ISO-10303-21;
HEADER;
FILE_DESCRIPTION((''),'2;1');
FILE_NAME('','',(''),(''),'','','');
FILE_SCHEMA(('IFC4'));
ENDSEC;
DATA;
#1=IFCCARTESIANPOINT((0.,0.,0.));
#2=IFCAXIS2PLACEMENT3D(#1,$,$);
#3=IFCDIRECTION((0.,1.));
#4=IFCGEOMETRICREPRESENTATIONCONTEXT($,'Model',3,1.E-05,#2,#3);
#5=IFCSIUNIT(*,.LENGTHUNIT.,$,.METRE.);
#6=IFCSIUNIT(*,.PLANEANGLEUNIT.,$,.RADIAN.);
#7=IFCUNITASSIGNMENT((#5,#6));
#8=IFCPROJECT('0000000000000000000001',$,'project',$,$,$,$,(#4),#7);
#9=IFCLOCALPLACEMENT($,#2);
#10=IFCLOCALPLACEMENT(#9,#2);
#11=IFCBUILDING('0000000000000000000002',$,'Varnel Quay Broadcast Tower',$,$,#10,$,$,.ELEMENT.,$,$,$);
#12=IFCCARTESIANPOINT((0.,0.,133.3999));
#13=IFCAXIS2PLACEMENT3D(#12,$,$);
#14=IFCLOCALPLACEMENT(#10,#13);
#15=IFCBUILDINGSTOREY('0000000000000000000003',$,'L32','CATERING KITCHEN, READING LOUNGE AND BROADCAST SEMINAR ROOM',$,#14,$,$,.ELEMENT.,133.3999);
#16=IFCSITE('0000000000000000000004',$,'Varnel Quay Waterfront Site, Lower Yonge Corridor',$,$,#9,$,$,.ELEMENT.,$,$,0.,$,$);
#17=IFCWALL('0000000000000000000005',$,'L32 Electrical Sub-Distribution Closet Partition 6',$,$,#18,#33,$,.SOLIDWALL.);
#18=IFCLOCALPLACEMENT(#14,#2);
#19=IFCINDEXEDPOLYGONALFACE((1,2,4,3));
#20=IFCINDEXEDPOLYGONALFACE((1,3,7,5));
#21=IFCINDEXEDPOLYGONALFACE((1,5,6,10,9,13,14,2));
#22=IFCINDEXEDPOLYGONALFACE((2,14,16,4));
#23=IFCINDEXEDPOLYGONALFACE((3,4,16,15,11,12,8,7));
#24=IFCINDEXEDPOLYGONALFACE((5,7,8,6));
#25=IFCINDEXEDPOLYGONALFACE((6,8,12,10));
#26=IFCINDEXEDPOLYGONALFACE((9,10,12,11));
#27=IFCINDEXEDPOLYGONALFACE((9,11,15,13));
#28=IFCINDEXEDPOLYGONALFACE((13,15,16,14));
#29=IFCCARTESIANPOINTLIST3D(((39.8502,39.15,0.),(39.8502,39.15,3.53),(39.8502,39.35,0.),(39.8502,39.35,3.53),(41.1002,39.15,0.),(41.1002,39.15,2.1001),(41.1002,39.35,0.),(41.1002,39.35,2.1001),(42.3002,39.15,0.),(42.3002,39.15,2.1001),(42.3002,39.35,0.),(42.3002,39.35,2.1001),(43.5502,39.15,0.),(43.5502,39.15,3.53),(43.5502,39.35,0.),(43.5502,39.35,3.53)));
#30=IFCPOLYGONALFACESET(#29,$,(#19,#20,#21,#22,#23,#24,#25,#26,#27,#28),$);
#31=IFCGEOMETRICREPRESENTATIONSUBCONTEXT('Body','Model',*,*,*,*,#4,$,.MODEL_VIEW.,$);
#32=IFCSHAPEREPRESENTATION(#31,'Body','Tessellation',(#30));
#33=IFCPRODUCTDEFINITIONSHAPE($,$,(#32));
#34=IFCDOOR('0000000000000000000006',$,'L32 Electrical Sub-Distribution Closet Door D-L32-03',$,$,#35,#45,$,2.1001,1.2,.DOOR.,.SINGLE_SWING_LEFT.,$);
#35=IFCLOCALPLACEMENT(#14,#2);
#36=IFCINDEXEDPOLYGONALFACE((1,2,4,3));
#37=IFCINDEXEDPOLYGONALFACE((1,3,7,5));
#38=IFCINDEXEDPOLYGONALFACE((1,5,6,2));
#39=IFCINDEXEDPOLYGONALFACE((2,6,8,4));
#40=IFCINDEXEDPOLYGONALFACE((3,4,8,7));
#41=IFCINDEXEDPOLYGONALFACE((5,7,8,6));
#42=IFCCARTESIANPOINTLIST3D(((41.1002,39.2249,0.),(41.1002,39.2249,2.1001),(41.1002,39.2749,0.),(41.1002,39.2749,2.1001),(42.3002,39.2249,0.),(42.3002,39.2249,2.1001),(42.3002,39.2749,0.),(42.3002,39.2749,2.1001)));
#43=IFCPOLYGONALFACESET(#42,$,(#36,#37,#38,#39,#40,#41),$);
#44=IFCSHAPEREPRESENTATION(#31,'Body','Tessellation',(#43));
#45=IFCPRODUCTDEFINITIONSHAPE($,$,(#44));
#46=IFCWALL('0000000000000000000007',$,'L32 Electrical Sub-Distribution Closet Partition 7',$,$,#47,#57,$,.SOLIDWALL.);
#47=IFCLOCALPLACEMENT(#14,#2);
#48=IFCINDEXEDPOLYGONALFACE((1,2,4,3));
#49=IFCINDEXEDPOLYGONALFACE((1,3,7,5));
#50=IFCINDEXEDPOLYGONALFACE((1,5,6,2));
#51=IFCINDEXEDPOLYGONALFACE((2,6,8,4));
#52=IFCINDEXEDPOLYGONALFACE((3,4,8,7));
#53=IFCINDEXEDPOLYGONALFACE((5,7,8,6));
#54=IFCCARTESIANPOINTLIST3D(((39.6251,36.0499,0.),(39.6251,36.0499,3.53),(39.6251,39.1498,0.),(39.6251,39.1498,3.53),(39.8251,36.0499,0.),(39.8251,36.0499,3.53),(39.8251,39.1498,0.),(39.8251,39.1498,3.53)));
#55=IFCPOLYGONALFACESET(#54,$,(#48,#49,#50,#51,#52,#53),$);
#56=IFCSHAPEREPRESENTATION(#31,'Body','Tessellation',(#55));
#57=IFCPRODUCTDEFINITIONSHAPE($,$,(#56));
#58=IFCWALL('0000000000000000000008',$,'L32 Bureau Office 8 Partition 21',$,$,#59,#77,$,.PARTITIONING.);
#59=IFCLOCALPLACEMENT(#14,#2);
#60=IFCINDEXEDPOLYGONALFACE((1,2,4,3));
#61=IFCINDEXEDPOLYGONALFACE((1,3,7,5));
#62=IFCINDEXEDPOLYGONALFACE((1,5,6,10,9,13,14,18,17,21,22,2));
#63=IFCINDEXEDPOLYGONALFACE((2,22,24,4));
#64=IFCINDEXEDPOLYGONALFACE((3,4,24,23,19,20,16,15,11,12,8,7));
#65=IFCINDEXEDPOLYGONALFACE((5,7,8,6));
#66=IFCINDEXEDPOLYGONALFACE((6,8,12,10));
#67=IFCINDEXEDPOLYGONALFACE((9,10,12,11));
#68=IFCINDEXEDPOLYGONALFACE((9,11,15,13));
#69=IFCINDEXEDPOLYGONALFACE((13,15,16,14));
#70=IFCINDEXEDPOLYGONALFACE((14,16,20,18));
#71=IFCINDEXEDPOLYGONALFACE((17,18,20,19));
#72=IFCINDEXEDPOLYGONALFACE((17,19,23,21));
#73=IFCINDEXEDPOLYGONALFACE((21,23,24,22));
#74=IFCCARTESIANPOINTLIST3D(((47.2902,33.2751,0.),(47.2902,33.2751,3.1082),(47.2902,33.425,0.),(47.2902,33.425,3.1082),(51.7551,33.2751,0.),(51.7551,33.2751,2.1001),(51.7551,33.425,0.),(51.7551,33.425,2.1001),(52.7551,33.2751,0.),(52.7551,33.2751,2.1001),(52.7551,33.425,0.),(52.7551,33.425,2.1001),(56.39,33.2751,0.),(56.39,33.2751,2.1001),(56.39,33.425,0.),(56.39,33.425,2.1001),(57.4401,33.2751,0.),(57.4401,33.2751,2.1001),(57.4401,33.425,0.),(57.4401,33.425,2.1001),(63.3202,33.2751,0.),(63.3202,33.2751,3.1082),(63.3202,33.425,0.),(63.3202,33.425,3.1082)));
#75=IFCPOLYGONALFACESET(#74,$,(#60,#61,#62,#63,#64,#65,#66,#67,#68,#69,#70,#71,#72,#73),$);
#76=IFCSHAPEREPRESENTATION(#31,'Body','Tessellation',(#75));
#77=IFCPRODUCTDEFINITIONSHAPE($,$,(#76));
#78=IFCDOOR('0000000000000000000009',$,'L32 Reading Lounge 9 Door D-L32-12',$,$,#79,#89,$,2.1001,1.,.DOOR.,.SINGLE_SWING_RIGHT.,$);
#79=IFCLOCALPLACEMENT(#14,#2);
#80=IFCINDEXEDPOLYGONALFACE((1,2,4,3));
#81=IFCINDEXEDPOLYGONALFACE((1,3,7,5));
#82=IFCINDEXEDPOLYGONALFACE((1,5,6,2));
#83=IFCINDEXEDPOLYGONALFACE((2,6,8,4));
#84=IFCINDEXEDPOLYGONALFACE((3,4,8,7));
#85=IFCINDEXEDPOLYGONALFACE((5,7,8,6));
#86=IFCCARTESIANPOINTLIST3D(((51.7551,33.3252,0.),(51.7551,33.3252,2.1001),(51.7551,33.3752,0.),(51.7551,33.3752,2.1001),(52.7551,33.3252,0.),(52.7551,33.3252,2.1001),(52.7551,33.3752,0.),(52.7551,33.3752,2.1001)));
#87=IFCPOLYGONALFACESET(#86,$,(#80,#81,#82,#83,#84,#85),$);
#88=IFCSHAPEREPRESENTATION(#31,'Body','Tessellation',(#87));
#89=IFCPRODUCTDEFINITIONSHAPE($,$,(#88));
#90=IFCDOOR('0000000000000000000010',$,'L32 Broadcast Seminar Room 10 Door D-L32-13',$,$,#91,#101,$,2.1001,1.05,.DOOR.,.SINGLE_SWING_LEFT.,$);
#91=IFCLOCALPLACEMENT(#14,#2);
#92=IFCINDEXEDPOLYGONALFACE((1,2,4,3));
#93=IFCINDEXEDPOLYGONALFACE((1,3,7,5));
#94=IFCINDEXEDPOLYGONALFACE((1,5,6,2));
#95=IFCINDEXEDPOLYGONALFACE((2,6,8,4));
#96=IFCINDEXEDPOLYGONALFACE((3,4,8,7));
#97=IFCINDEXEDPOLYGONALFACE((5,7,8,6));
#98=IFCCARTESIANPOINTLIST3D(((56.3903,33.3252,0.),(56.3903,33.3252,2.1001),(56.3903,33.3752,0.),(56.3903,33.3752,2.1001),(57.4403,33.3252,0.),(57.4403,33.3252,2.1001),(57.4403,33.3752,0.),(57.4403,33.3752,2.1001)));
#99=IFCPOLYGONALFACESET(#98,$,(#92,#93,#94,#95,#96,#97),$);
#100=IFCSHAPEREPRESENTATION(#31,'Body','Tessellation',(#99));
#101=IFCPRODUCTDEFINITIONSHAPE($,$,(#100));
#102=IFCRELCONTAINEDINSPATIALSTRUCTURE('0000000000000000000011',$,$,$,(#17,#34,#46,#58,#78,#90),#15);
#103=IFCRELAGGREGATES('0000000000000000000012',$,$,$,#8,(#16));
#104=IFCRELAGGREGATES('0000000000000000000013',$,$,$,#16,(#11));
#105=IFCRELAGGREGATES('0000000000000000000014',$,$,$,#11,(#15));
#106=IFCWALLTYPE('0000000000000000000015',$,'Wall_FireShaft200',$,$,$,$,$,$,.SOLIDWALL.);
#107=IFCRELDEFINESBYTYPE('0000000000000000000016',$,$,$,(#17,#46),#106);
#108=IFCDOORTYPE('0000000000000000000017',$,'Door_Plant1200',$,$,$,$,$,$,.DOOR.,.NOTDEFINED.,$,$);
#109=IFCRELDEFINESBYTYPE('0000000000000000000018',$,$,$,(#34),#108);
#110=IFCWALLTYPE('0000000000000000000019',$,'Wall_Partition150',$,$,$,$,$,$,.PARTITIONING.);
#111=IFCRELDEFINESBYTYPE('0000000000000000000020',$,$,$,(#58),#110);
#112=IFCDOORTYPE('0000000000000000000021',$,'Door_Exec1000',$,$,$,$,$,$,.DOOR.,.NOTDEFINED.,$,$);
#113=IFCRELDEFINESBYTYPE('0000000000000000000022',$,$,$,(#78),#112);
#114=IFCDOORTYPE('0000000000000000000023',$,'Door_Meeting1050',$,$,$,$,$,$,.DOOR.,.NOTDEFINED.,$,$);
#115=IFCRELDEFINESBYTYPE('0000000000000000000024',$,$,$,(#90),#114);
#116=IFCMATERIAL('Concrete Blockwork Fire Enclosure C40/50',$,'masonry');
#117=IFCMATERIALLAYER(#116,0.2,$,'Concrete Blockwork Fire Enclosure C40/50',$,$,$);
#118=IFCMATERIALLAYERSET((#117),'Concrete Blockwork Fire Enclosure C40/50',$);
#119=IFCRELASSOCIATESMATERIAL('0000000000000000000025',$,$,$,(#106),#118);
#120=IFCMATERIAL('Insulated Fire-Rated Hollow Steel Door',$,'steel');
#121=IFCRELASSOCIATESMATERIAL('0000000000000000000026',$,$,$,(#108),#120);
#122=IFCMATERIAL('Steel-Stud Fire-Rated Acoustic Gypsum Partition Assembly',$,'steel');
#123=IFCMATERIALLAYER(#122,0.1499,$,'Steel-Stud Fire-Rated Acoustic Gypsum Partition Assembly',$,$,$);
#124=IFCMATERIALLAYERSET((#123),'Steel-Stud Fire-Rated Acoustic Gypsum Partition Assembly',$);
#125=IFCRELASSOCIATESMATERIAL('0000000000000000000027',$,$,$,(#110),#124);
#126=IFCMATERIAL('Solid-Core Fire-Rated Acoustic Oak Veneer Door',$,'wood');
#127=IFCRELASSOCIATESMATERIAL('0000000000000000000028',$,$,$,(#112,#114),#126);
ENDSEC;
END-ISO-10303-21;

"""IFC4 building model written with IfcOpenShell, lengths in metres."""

from ifc_helpers import new_model, si_unit, direction, frame, frame_2d, origin, place, context, subcontext, project, spatial, rectangle, extrude, source, transform, mapped, material, layer, layer_set, type_object, type_shapes, element, fill, save


model = new_model("IFC4")

# Units and contexts
model_context = context("Model", 3, precision=1e-05, world=origin(), true_north=direction((0.0, 1.0)))
body_context = subcontext(model_context, "Body", "Model", "MODEL_VIEW")
ifc_project = project(units=[si_unit("LENGTHUNIT", "METRE"), si_unit("PLANEANGLEUNIT", "RADIAN")], contexts=[model_context])

# Site, building, storey
site_placement = place(None, origin())
site = spatial("IfcSite", under=ifc_project, at=site_placement, Name="Varnel Quay Waterfront Site, Lower Yonge Corridor", CompositionType="ELEMENT", RefElevation=0.0)
building_placement = place(site_placement, origin())
building = spatial("IfcBuilding", under=site, at=building_placement, Name="Varnel Quay Broadcast Tower", CompositionType="ELEMENT")
storey_placement = place(building_placement, frame((0.0, 0.0, 133.3999)))
storey = spatial("IfcBuildingStorey", under=building, at=storey_placement, Name="L32", Description="CATERING KITCHEN, READING LOUNGE AND BROADCAST SEMINAR ROOM", CompositionType="ELEMENT", Elevation=133.3999)

# Shared definitions
ifc_material_1 = material(Name="Insulated Fire-Rated Hollow Steel Door", Category="steel")

# Shared definitions
ifc_material_2 = material(Name="Concrete Blockwork Fire Enclosure C40/50", Category="masonry")
ifc_layer_1 = layer(ifc_material_2, 0.2, Name="Concrete Blockwork Fire Enclosure C40/50")
ifc_layer_set_1 = layer_set([ifc_layer_1], Name="Concrete Blockwork Fire Enclosure C40/50")
wall_type_1 = type_object("IfcWallType", Name="Wall_FireShaft200", PredefinedType="SOLIDWALL", material=ifc_layer_set_1)

# Wall, opening, door
wall_1_placement = place(storey_placement, frame((39.8501, 39.25, 0.0), z_axis=(0.0, 0.0, 1.0), x_axis=(1.0, 0.0, 0.0)))
wall_1 = element("IfcWall", 1, at=wall_1_placement, inside=storey, type_object=wall_type_1, Name="L32 Electrical Sub-Distribution Closet Partition 6", PredefinedType="SOLIDWALL", context=body_context, shape_type="SweptSolid", body=[
    extrude(rectangle(XDim=3.7, YDim=0.2, at=frame_2d((1.8501, 0.0))), origin(), (0.0, 0.0, 1.0), 3.53),
])
opening_1_placement = place(wall_1_placement, frame((1.25, 0.0, 0.0)))
opening_1 = element("IfcOpeningElement", 2, at=opening_1_placement, cuts=wall_1, PredefinedType="OPENING", context=body_context, shape_type="SweptSolid", body=[
    extrude(rectangle(XDim=1.2, YDim=2.1001, at=frame_2d((0.6001, 1.05))), frame((0.0, 0.1099, 0.0), z_axis=(0.0, -1.0, 0.0), x_axis=(1.0, 0.0, 0.0)), (0.0, 0.0, 1.0), 0.22),
])
door_type_1 = type_object("IfcDoorType", Name="Door_Plant1200", OperationType="NOTDEFINED", PredefinedType="DOOR", material=ifc_material_1)
shared_shape_1 = source(origin(), body_context, "Body", "SweptSolid", [
    extrude(rectangle(XDim=1.2, YDim=2.1001, at=frame_2d((0.6001, 1.05))), frame((0.0, 0.0249, 0.0), z_axis=(0.0, -1.0, 0.0), x_axis=(1.0, 0.0, 0.0)), (0.0, 0.0, 1.0), 0.05),
])
type_shapes(door_type_1, [shared_shape_1])
door_1_placement = place(opening_1_placement, origin())
door_1 = element("IfcDoor", 3, at=door_1_placement, inside=storey, type_object=door_type_1, Name="L32 Electrical Sub-Distribution Closet Door D-L32-03", OperationType="SINGLE_SWING_LEFT", OverallHeight=2.1001, OverallWidth=1.2, PredefinedType="DOOR", context=body_context, shape_type="MappedRepresentation", body=[
    mapped(shared_shape_1, transform((0.0, 0.0, 0.0), x_axis=(1.0, 0.0, 0.0), y_axis=(0.0, 1.0, 0.0), z_axis=(0.0, 0.0, 1.0), scale=1.0)),
])
fill(opening_1, door_1)

# Wall
wall_2_placement = place(storey_placement, frame((39.7251, 36.05, 0.0), z_axis=(0.0, 0.0, 1.0), x_axis=(0.0, 1.0, 0.0)))
element("IfcWall", 4, at=wall_2_placement, inside=storey, type_object=wall_type_1, Name="L32 Electrical Sub-Distribution Closet Partition 7", PredefinedType="SOLIDWALL", context=body_context, shape_type="SweptSolid", body=[
    extrude(rectangle(XDim=3.0999, YDim=0.2, at=frame_2d((1.5498, 0.0))), origin(), (0.0, 0.0, 1.0), 3.53),
])

# Wall, openings, doors
ifc_material_3 = material(Name="Steel-Stud Fire-Rated Acoustic Gypsum Partition Assembly", Category="steel")
ifc_layer_2 = layer(ifc_material_3, 0.1499, Name="Steel-Stud Fire-Rated Acoustic Gypsum Partition Assembly")
ifc_layer_set_2 = layer_set([ifc_layer_2], Name="Steel-Stud Fire-Rated Acoustic Gypsum Partition Assembly")
wall_type_2 = type_object("IfcWallType", Name="Wall_Partition150", PredefinedType="PARTITIONING", material=ifc_layer_set_2)
wall_3_placement = place(storey_placement, frame((47.29, 33.3501, 0.0), z_axis=(0.0, 0.0, 1.0), x_axis=(1.0, 0.0, 0.0)))
wall_3 = element("IfcWall", 5, at=wall_3_placement, inside=storey, type_object=wall_type_2, Name="L32 Bureau Office 8 Partition 21", PredefinedType="PARTITIONING", context=body_context, shape_type="SweptSolid", body=[
    extrude(rectangle(XDim=16.03, YDim=0.1499, at=frame_2d((8.0151, 0.0))), origin(), (0.0, 0.0, 1.0), 3.1082),
])
opening_2_placement = place(wall_3_placement, frame((4.4651, 0.0, 0.0)))
opening_2 = element("IfcOpeningElement", 6, at=opening_2_placement, cuts=wall_3, PredefinedType="OPENING", context=body_context, shape_type="SweptSolid", body=[
    extrude(rectangle(XDim=1.0, YDim=2.1001, at=frame_2d((0.5, 1.05))), frame((0.0, 0.085, 0.0), z_axis=(0.0, -1.0, 0.0), x_axis=(1.0, 0.0, 0.0)), (0.0, 0.0, 1.0), 0.1699),
])
opening_3_placement = place(wall_3_placement, frame((9.1001, 0.0, 0.0)))
opening_3 = element("IfcOpeningElement", 7, at=opening_3_placement, cuts=wall_3, PredefinedType="OPENING", context=body_context, shape_type="SweptSolid", body=[
    extrude(rectangle(XDim=1.05, YDim=2.1001, at=frame_2d((0.5249, 1.05))), frame((0.0, 0.085, 0.0), z_axis=(0.0, -1.0, 0.0), x_axis=(1.0, 0.0, 0.0)), (0.0, 0.0, 1.0), 0.1699),
])
ifc_material_4 = material(Name="Solid-Core Fire-Rated Acoustic Oak Veneer Door", Category="wood")
door_type_2 = type_object("IfcDoorType", Name="Door_Exec1000", OperationType="NOTDEFINED", PredefinedType="DOOR", material=ifc_material_4)
shared_shape_2 = source(origin(), body_context, "Body", "SweptSolid", [
    extrude(rectangle(XDim=1.0, YDim=2.1001, at=frame_2d((0.5, 1.05))), frame((0.0, 0.0249, 0.0), z_axis=(0.0, -1.0, 0.0), x_axis=(1.0, 0.0, 0.0)), (0.0, 0.0, 1.0), 0.05),
])
type_shapes(door_type_2, [shared_shape_2])
door_2_placement = place(opening_2_placement, frame((1.0, 0.0, 0.0), z_axis=(0.0, 0.0, 1.0), x_axis=(-1.0, 0.0, 0.0)))
door_2 = element("IfcDoor", 8, at=door_2_placement, inside=storey, type_object=door_type_2, Name="L32 Reading Lounge 9 Door D-L32-12", OperationType="SINGLE_SWING_RIGHT", OverallHeight=2.1001, OverallWidth=1.0, PredefinedType="DOOR", context=body_context, shape_type="MappedRepresentation", body=[
    mapped(shared_shape_2, transform((0.0, 0.0, 0.0), x_axis=(1.0, 0.0, 0.0), y_axis=(0.0, 1.0, 0.0), z_axis=(0.0, 0.0, 1.0), scale=1.0)),
])
fill(opening_2, door_2)
door_type_3 = type_object("IfcDoorType", Name="Door_Meeting1050", OperationType="NOTDEFINED", PredefinedType="DOOR", material=ifc_material_4)
shared_shape_3 = source(origin(), body_context, "Body", "SweptSolid", [
    extrude(rectangle(XDim=1.05, YDim=2.1001, at=frame_2d((0.5249, 1.05))), frame((0.0, 0.0249, 0.0), z_axis=(0.0, -1.0, 0.0), x_axis=(1.0, 0.0, 0.0)), (0.0, 0.0, 1.0), 0.05),
])
type_shapes(door_type_3, [shared_shape_3])
door_3_placement = place(opening_3_placement, frame((1.05, 0.0, 0.0), z_axis=(0.0, 0.0, 1.0), x_axis=(-1.0, 0.0, 0.0)))
door_3 = element("IfcDoor", 9, at=door_3_placement, inside=storey, type_object=door_type_3, Name="L32 Broadcast Seminar Room 10 Door D-L32-13", OperationType="SINGLE_SWING_LEFT", OverallHeight=2.1001, OverallWidth=1.05, PredefinedType="DOOR", context=body_context, shape_type="MappedRepresentation", body=[
    mapped(shared_shape_3, transform((0.0, 0.0, 0.0), x_axis=(1.0, 0.0, 0.0), y_axis=(0.0, 1.0, 0.0), z_axis=(0.0, 0.0, 1.0), scale=1.0)),
])
fill(opening_3, door_3)

save(model, "model.ifc")
